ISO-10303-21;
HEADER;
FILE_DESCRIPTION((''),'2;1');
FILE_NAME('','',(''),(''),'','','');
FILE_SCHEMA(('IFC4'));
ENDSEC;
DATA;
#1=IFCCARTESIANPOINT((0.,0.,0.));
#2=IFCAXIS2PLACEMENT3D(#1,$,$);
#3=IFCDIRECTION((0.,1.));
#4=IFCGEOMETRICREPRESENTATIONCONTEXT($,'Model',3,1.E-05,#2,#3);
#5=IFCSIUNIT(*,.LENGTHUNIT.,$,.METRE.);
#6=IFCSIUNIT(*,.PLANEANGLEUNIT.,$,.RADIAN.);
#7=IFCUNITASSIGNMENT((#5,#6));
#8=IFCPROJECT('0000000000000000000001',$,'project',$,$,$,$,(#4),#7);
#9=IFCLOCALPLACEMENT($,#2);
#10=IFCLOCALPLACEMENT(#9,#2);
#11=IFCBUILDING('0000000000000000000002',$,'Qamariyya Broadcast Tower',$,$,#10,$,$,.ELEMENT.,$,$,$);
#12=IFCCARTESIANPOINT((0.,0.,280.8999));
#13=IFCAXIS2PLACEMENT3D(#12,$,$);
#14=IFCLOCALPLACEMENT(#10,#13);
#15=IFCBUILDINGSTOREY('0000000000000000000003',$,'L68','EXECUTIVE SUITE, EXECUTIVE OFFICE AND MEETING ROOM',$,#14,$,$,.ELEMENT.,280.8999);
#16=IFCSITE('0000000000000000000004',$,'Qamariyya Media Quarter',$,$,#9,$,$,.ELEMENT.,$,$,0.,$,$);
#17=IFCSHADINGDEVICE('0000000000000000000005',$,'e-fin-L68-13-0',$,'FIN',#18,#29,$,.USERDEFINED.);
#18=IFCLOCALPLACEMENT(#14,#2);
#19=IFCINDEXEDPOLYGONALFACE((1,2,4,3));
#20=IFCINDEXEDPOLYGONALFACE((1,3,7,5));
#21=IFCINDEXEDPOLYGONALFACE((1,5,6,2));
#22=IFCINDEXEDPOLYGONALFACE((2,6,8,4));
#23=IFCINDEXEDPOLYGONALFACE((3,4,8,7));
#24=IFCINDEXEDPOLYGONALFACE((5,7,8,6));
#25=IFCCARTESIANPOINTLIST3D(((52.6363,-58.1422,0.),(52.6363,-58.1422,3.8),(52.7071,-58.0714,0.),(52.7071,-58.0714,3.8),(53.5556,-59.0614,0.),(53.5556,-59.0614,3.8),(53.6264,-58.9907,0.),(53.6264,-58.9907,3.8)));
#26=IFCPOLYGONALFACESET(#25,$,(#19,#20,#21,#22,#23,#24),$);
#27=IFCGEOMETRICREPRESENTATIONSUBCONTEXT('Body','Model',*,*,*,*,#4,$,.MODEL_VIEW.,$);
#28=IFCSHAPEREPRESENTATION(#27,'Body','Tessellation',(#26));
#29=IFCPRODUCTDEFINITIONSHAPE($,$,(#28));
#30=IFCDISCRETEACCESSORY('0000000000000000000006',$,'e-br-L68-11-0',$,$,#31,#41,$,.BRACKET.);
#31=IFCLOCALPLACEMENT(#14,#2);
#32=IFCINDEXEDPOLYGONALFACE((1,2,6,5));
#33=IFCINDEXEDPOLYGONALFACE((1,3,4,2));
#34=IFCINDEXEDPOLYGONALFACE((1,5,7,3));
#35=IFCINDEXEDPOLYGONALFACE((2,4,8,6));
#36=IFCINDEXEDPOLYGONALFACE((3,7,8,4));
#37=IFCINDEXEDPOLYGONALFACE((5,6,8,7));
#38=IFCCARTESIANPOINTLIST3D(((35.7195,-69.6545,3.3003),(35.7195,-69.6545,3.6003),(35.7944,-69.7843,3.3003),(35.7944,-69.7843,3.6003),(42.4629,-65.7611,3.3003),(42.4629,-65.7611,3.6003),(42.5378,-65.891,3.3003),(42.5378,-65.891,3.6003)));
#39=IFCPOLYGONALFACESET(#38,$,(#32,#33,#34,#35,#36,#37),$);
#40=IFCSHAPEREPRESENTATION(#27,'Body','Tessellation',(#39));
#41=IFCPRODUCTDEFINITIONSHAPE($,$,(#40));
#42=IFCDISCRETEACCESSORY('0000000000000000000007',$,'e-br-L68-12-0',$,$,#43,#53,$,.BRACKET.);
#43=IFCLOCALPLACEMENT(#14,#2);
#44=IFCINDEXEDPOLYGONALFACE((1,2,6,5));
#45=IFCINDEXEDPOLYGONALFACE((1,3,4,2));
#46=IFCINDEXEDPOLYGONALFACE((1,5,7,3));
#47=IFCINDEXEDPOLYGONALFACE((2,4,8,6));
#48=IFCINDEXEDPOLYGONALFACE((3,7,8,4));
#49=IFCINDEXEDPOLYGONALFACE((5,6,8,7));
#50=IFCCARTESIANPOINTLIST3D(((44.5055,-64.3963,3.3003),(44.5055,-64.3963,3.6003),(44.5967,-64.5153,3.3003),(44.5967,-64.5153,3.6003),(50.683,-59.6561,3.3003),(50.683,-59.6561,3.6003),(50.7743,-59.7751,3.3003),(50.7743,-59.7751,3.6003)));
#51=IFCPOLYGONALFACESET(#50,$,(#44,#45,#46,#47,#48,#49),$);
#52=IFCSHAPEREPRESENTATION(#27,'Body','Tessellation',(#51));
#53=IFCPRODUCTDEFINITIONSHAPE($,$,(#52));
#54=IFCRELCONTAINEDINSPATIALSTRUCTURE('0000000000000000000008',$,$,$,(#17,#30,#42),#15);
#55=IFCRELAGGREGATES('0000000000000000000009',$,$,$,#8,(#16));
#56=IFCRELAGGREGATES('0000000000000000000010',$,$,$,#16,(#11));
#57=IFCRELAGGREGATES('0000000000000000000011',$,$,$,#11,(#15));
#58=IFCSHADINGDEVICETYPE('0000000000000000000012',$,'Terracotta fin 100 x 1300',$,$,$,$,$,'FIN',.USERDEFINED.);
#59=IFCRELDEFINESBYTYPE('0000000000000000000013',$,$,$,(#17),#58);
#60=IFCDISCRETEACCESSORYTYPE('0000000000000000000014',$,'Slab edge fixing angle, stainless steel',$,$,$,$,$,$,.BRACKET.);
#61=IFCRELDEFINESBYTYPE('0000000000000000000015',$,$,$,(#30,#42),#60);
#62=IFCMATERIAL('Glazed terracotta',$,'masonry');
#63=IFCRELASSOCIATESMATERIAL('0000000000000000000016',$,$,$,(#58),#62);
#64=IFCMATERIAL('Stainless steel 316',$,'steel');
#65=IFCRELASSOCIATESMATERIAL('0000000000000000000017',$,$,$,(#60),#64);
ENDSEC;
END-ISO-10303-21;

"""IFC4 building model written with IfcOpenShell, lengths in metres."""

from ifc_helpers import new_model, si_unit, direction, frame, origin, origin_2d, place, context, subcontext, project, spatial, rectangle, extrude, material, material_profile, profile_set, type_object, element, save


model = new_model("IFC4")

# Units and contexts
model_context = context("Model", 3, precision=1e-05, world=origin(), true_north=direction((0.0, 1.0)))
body_context = subcontext(model_context, "Body", "Model", "MODEL_VIEW")
ifc_project = project(units=[si_unit("LENGTHUNIT", "METRE"), si_unit("PLANEANGLEUNIT", "RADIAN")], contexts=[model_context])

# Site, building, storey
site_placement = place(None, origin())
site = spatial("IfcSite", under=ifc_project, at=site_placement, Name="Qamariyya Media Quarter", CompositionType="ELEMENT", RefElevation=0.0)
building_placement = place(site_placement, origin())
building = spatial("IfcBuilding", under=site, at=building_placement, Name="Qamariyya Broadcast Tower", CompositionType="ELEMENT")
storey_placement = place(building_placement, frame((0.0, 0.0, 280.8999)))
storey = spatial("IfcBuildingStorey", under=building, at=storey_placement, Name="L68", Description="EXECUTIVE SUITE, EXECUTIVE OFFICE AND MEETING ROOM", CompositionType="ELEMENT", Elevation=280.8999)

# Shading device
ifc_material_1 = material(Name="Glazed terracotta", Category="masonry")
ifc_material_profile_1 = material_profile(ifc_material_1, rectangle(XDim=1.3, YDim=0.1001, at=origin_2d()))
ifc_profile_set_1 = profile_set([ifc_material_profile_1], Name="Glazed terracotta")
shading_device_type_1 = type_object("IfcShadingDeviceType", Name="Terracotta fin 100 x 1300", ElementType="FIN", PredefinedType="USERDEFINED", material=ifc_profile_set_1)
for number, where, z_axis, x_axis, name in (
    (1, (53.1313, -58.5664, 0.0), (0.0, 0.0, 1.0), (0.707107, -0.707107, 0.0), "e-fin-L68-13-0"),
):
    element("IfcShadingDevice", number, at=place(storey_placement, frame(where, z_axis=z_axis, x_axis=x_axis)), inside=storey, type_object=shading_device_type_1, Name=name, ObjectType="FIN", PredefinedType="USERDEFINED", context=body_context, shape_type="SweptSolid", body=[
        extrude(rectangle(XDim=1.3, YDim=0.1001, at=origin_2d()), origin(), (0.0, 0.0, 1.0), 3.8),
    ])

# Discrete accessories
ifc_material_2 = material(Name="Stainless steel 316", Category="steel")
discrete_accessory_type = type_object("IfcDiscreteAccessoryType", Name="Slab edge fixing angle, stainless steel", PredefinedType="BRACKET", material=ifc_material_2)
for number, where, z_axis, x_axis, name in (
    (2, (39.1287, -67.7727, 3.3003), (0.0, 0.0, 1.0), (0.866025, 0.5, 0.0), "e-br-L68-11-0"),
    (3, (47.6399, -62.0857, 3.3003), (0.0, 0.0, 1.0), (0.793353, 0.608761, 0.0), "e-br-L68-12-0"),
):
    element("IfcDiscreteAccessory", number, at=place(storey_placement, frame(where, z_axis=z_axis, x_axis=x_axis)), inside=storey, type_object=discrete_accessory_type, Name=name, PredefinedType="BRACKET", context=body_context, shape_type="SweptSolid", body=[
        extrude(rectangle(XDim=7.7866, YDim=0.1499, at=origin_2d()), origin(), (0.0, 0.0, 1.0), 0.3),
    ])

save(model, "model.ifc")
